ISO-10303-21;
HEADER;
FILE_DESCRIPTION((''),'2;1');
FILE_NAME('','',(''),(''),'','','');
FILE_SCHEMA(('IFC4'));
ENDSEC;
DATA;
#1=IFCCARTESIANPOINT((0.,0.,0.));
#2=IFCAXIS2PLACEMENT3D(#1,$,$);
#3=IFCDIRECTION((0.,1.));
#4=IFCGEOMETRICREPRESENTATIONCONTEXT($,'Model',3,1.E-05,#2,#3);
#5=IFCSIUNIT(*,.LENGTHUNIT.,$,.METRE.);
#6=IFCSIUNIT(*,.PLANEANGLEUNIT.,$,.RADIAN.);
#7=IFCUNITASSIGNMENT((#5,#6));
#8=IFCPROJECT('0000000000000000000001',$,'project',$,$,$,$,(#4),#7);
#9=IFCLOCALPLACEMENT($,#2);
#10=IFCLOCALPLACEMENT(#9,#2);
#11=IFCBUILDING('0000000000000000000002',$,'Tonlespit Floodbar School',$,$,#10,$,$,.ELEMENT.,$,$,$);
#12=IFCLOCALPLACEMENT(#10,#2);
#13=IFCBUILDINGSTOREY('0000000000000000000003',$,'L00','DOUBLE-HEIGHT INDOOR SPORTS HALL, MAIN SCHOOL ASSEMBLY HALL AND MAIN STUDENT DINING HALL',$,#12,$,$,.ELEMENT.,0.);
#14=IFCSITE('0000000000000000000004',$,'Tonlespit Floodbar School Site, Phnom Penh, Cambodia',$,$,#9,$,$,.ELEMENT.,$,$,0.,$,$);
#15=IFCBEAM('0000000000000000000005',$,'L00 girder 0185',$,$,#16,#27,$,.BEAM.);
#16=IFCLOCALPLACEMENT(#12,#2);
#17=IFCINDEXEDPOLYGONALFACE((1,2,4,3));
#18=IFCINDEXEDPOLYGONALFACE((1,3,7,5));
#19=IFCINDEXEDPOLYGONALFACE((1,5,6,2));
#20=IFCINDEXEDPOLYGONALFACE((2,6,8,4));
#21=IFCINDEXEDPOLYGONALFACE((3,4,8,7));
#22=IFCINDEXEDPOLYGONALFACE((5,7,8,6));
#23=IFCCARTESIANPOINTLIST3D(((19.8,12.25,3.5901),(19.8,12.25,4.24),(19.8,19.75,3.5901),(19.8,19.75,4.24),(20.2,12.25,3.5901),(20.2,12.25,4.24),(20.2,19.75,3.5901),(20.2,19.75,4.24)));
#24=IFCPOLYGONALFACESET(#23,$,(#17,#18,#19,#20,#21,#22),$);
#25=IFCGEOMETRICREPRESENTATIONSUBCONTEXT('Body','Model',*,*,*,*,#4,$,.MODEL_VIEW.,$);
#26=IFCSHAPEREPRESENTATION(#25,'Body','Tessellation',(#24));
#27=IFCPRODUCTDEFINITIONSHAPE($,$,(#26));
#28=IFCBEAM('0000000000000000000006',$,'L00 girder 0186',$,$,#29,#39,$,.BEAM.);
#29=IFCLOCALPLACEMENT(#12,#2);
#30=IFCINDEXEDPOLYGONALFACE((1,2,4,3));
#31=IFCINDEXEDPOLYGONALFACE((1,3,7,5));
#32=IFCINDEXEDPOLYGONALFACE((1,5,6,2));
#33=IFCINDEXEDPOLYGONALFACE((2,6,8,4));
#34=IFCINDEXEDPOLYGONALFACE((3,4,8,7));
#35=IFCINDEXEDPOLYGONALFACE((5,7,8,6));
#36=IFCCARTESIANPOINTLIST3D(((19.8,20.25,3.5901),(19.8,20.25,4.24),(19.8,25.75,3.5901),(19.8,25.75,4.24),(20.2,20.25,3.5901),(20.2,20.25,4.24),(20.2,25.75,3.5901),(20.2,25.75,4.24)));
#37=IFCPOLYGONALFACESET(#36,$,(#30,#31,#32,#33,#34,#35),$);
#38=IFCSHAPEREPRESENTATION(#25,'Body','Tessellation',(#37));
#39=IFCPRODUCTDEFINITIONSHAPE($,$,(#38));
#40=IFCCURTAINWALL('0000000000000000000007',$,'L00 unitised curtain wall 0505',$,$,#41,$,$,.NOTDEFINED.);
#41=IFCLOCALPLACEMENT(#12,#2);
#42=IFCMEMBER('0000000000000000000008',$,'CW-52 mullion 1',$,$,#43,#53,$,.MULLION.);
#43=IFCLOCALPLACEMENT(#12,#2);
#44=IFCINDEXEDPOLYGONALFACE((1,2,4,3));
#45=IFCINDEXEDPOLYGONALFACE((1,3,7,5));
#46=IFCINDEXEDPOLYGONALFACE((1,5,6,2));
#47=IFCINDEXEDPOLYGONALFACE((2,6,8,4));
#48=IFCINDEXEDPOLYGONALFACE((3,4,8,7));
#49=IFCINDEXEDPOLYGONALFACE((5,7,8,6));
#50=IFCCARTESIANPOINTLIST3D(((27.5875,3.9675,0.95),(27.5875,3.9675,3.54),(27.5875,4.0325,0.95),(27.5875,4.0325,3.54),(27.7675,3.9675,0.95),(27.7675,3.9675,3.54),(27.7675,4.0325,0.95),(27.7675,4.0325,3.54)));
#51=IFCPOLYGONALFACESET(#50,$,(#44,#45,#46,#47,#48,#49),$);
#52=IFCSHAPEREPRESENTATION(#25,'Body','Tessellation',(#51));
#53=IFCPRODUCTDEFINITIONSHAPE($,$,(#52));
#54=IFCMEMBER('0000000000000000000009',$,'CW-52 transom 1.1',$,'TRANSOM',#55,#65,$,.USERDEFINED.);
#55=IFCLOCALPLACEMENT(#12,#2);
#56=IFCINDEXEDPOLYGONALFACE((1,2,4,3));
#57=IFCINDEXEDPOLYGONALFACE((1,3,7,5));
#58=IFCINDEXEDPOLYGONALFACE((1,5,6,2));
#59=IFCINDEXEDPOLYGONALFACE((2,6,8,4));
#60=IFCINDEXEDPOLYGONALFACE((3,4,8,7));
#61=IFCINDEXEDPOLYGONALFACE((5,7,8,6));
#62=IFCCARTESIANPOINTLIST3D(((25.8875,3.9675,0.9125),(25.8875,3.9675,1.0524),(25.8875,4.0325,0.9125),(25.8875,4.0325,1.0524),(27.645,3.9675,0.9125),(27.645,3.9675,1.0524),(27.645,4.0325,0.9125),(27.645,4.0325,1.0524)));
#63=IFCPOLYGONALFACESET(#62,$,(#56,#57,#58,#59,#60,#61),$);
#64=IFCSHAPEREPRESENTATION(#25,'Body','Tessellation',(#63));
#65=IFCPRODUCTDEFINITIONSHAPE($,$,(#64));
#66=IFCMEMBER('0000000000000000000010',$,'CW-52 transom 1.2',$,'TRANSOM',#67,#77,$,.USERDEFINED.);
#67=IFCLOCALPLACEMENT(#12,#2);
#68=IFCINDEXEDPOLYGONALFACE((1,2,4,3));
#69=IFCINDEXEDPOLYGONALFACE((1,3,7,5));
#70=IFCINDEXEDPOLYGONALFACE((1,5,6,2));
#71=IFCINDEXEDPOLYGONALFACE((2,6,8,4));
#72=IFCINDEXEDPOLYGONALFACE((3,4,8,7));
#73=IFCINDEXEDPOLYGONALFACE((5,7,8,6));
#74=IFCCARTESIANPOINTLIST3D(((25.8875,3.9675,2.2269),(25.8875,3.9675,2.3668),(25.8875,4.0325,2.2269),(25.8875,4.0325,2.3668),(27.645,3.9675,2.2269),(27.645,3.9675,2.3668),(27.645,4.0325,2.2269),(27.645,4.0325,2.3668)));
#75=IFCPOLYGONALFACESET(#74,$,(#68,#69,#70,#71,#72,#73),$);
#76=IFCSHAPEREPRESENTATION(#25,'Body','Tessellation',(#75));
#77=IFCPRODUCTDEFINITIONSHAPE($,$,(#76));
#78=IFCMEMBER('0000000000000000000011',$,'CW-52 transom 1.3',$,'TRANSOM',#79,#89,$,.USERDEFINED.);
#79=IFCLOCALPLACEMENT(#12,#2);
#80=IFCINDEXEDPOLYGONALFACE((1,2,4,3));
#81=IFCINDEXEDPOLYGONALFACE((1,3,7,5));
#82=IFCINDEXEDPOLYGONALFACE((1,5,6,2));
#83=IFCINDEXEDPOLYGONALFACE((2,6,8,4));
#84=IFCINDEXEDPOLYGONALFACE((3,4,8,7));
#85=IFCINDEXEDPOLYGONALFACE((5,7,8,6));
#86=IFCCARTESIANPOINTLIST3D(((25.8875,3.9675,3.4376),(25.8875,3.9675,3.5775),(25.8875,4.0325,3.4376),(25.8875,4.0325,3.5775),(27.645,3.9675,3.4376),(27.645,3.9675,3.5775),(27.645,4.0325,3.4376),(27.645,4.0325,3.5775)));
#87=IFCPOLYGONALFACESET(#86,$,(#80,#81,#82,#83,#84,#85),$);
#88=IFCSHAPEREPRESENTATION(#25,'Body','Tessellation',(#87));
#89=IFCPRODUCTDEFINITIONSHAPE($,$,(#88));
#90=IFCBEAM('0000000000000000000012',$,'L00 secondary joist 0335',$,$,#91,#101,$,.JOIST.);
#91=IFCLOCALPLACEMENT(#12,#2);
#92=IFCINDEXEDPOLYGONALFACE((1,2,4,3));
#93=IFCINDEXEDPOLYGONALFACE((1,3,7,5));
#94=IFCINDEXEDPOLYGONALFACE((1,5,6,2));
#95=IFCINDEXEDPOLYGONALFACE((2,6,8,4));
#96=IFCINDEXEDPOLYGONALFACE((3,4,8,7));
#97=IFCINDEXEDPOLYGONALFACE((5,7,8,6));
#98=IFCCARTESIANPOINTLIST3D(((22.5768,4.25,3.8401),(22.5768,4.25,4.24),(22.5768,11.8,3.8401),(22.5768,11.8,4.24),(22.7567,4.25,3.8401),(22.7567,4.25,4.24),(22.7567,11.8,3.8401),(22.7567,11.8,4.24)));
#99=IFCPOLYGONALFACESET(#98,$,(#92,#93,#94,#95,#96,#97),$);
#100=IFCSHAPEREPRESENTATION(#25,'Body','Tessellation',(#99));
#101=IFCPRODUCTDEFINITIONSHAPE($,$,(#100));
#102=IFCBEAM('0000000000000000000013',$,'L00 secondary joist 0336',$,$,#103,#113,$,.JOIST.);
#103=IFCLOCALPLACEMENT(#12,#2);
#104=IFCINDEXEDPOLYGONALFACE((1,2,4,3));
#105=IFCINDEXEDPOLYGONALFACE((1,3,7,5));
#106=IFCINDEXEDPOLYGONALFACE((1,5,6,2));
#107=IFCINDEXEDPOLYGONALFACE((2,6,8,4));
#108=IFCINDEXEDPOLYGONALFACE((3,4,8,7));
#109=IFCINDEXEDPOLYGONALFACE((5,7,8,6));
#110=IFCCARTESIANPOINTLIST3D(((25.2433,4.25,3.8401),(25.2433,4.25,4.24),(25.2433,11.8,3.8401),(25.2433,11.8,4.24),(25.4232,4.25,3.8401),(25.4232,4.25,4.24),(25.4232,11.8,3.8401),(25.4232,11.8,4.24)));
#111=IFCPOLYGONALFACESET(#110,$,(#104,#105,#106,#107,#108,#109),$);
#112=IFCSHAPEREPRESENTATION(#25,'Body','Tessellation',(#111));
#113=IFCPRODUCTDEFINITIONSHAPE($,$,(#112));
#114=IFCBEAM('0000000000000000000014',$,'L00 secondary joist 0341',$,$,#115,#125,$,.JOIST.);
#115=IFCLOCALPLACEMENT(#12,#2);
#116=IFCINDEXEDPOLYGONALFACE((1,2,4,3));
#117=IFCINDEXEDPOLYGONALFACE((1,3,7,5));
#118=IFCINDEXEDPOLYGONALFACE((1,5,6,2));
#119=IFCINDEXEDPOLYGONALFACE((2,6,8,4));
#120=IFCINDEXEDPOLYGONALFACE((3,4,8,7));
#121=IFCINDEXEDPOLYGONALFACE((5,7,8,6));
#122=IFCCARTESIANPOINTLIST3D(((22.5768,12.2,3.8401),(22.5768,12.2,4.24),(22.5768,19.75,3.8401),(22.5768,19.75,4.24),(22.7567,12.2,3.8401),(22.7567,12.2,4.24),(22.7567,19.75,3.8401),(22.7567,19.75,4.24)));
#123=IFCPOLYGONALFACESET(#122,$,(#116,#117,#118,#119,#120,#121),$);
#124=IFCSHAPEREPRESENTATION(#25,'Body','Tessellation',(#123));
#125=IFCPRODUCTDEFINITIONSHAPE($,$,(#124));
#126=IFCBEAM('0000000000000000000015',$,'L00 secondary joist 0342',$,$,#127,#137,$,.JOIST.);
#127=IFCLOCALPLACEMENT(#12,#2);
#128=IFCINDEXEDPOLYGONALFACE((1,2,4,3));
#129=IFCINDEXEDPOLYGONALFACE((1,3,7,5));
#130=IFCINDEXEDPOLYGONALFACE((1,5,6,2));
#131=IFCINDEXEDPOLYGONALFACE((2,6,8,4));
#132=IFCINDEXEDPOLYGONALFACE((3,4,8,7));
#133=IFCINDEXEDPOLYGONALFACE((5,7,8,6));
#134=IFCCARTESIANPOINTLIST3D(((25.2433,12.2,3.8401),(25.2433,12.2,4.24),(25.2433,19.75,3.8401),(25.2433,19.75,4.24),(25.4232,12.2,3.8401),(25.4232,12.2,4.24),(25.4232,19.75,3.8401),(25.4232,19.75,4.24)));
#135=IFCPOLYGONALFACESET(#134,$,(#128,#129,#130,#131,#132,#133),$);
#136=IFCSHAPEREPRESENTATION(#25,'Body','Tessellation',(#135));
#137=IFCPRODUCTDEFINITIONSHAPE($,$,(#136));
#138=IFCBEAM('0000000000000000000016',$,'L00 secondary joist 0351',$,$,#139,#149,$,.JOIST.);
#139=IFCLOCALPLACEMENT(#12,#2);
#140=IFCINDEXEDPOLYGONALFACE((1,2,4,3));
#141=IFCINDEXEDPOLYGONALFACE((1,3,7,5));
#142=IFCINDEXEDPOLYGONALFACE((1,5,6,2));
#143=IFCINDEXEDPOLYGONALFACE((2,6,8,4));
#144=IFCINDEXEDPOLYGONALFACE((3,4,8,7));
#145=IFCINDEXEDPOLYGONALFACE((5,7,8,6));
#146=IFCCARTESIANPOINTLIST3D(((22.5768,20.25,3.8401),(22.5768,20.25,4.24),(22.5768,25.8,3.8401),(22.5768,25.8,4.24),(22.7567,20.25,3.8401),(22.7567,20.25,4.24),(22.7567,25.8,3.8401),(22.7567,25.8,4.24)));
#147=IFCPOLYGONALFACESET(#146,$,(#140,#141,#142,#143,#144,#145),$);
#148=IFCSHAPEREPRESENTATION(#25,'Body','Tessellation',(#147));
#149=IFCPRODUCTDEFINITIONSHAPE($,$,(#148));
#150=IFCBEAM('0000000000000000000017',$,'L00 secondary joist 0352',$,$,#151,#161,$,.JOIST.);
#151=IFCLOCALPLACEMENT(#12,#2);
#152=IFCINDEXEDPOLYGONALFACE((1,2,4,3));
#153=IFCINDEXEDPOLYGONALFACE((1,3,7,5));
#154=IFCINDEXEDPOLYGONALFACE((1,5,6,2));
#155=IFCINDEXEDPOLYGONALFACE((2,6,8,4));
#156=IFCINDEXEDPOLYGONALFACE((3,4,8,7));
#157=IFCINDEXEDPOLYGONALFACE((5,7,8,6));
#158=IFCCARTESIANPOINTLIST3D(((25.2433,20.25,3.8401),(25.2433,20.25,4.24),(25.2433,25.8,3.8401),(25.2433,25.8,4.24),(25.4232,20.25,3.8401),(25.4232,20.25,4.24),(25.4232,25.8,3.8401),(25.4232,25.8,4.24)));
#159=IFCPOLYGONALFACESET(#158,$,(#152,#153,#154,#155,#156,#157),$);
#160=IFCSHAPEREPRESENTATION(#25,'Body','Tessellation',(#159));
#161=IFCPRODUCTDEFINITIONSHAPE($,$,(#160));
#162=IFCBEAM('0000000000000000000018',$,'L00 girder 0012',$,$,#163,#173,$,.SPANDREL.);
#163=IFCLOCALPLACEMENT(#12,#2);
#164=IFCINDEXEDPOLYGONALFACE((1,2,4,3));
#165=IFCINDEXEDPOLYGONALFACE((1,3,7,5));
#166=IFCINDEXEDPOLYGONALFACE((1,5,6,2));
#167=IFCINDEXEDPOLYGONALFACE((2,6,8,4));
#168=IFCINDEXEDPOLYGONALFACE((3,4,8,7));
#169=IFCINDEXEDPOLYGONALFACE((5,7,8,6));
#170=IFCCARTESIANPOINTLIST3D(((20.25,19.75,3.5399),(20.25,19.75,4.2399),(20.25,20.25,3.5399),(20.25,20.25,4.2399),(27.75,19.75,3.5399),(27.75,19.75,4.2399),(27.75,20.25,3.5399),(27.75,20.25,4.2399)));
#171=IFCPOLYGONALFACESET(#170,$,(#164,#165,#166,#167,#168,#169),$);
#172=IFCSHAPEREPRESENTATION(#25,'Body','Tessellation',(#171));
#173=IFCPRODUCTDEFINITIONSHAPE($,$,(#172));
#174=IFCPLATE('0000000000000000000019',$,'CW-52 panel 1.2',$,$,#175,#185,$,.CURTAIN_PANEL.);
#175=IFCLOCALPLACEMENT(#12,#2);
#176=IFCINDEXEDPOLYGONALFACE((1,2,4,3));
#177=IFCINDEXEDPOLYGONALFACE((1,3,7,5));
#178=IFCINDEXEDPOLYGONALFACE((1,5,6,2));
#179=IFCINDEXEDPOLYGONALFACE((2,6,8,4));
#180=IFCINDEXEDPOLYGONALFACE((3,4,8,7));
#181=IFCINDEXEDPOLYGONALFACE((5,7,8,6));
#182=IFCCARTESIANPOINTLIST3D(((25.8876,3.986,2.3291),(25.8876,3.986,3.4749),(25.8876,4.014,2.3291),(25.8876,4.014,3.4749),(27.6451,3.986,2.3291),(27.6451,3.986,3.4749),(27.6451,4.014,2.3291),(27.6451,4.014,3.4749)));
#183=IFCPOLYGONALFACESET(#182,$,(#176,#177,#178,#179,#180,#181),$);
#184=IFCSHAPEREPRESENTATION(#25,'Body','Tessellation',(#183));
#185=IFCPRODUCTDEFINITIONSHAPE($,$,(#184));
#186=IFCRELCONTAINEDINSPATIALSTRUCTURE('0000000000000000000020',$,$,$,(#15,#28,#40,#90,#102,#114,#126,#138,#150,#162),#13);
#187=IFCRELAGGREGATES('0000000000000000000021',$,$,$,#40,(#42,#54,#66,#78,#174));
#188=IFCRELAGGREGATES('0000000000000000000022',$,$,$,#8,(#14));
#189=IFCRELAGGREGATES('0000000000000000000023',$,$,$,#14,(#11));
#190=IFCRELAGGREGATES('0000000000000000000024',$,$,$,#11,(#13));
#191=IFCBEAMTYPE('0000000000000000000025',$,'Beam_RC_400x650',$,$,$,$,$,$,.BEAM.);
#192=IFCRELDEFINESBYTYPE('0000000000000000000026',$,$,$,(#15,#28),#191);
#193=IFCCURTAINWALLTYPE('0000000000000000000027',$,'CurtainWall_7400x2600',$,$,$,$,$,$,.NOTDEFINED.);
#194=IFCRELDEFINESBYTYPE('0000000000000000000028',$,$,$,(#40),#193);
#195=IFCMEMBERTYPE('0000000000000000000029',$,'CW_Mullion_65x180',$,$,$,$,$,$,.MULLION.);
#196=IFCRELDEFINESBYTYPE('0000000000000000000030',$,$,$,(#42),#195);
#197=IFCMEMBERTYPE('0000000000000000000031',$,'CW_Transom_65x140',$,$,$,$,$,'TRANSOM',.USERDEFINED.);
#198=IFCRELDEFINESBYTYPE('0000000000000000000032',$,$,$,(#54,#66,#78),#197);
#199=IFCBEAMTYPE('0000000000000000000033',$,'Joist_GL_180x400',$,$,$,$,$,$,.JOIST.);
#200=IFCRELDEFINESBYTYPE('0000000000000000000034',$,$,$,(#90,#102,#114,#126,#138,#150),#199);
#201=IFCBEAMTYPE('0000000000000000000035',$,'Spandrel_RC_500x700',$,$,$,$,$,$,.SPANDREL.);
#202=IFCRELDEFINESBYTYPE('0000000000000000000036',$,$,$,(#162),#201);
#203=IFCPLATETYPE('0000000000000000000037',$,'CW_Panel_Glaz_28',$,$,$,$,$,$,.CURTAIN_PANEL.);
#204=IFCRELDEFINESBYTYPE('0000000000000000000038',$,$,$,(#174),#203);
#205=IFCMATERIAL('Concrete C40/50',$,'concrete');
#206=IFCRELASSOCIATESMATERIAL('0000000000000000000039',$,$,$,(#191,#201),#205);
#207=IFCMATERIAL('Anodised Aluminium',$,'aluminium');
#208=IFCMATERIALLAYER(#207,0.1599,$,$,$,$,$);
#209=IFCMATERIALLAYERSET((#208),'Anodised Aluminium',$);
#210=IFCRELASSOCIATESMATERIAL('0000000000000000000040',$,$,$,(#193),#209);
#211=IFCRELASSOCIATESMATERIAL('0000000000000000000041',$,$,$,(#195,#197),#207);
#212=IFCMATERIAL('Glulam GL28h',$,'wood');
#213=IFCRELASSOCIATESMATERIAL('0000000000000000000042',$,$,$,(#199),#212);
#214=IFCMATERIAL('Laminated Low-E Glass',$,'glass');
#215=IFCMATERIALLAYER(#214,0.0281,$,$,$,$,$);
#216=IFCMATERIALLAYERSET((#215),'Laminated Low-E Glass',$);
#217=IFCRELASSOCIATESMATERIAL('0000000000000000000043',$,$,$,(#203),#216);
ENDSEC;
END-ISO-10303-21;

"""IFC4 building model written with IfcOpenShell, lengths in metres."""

from ifc_helpers import new_model, si_unit, direction, frame, origin, origin_2d, place, context, subcontext, project, spatial, rectangle, extrude, material, layer, layer_set, material_profile, profile_set, type_object, element, aggregate, save


model = new_model("IFC4")

# Units and contexts
model_context = context("Model", 3, precision=1e-05, world=origin(), true_north=direction((0.0, 1.0)))
body_context = subcontext(model_context, "Body", "Model", "MODEL_VIEW")
ifc_project = project(units=[si_unit("LENGTHUNIT", "METRE"), si_unit("PLANEANGLEUNIT", "RADIAN")], contexts=[model_context])

# Site, building, storey
site_placement = place(None, origin())
site = spatial("IfcSite", under=ifc_project, at=site_placement, Name="Tonlespit Floodbar School Site, Phnom Penh, Cambodia", CompositionType="ELEMENT", RefElevation=0.0)
building_placement = place(site_placement, origin())
building = spatial("IfcBuilding", under=site, at=building_placement, Name="Tonlespit Floodbar School", CompositionType="ELEMENT")
storey_placement = place(building_placement, origin())
storey = spatial("IfcBuildingStorey", under=building, at=storey_placement, Name="L00", Description="DOUBLE-HEIGHT INDOOR SPORTS HALL, MAIN SCHOOL ASSEMBLY HALL AND MAIN STUDENT DINING HALL", CompositionType="ELEMENT", Elevation=0.0)

# Shared definitions
ifc_material_1 = material(Name="Concrete C40/50", Category="concrete")

# Beams
ifc_material_profile_1 = material_profile(ifc_material_1, rectangle(XDim=0.3999, YDim=0.6499, at=origin_2d()), Name="RC 400x650")
ifc_profile_set_1 = profile_set([ifc_material_profile_1], Name="Concrete C40/50")
beam_type_1 = type_object("IfcBeamType", Name="Beam_RC_400x650", PredefinedType="BEAM", material=ifc_profile_set_1)
for number, where, z_axis, x_axis, name in (
    (1, (20.0, 12.25, 3.915), (0.0, 1.0, 0.0), (-1.0, 0.0, 0.0), "L00 girder 0185"),
):
    element("IfcBeam", number, at=place(storey_placement, frame(where, z_axis=z_axis, x_axis=x_axis)), inside=storey, type_object=beam_type_1, Name=name, PredefinedType="BEAM", context=body_context, shape_type="SweptSolid", body=[
        extrude(rectangle(XDim=0.3999, YDim=0.6499, at=origin_2d()), origin(), (0.0, 0.0, 1.0), 7.5),
    ])
beam_1_placement = place(storey_placement, frame((20.0, 20.25, 3.915), z_axis=(0.0, 1.0, 0.0), x_axis=(-1.0, 0.0, 0.0)))
element("IfcBeam", 2, at=beam_1_placement, inside=storey, type_object=beam_type_1, Name="L00 girder 0186", PredefinedType="BEAM", context=body_context, shape_type="SweptSolid", body=[
    extrude(rectangle(XDim=0.3999, YDim=0.6499, at=origin_2d()), origin(), (0.0, 0.0, 1.0), 5.5),
])

# Curtain wall, members
ifc_material_2 = material(Name="Anodised Aluminium", Category="aluminium")
ifc_layer_1 = layer(ifc_material_2, 0.1599)
ifc_layer_set_1 = layer_set([ifc_layer_1], Name="Anodised Aluminium")
curtain_wall_type = type_object("IfcCurtainWallType", Name="CurtainWall_7400x2600", PredefinedType="NOTDEFINED", material=ifc_layer_set_1)
curtain_wall_placement = place(storey_placement, origin())
curtain_wall = element("IfcCurtainWall", 3, at=curtain_wall_placement, inside=storey, type_object=curtain_wall_type, Name="L00 unitised curtain wall 0505", PredefinedType="NOTDEFINED")
ifc_material_profile_2 = material_profile(ifc_material_2, rectangle(XDim=0.0649, YDim=0.1799, at=origin_2d()), Name="ALU M65x180")
ifc_profile_set_2 = profile_set([ifc_material_profile_2], Name="Anodised Aluminium")
member_type_1 = type_object("IfcMemberType", Name="CW_Mullion_65x180", PredefinedType="MULLION", material=ifc_profile_set_2)
member_1_placement = place(storey_placement, frame((27.6775, 4.0, 0.95), z_axis=(0.0, 0.0, 1.0), x_axis=(0.0, -1.0, 0.0)))
member_1 = element("IfcMember", 4, at=member_1_placement, type_object=member_type_1, Name="CW-52 mullion 1", PredefinedType="MULLION", context=body_context, shape_type="SweptSolid", body=[
    extrude(rectangle(XDim=0.0649, YDim=0.1799, at=origin_2d()), origin(), (0.0, 0.0, 1.0), 2.5901),
])
ifc_material_profile_3 = material_profile(ifc_material_2, rectangle(XDim=0.0649, YDim=0.1399, at=origin_2d()), Name="ALU T65x140")
ifc_profile_set_3 = profile_set([ifc_material_profile_3], Name="Anodised Aluminium")
member_type_2 = type_object("IfcMemberType", Name="CW_Transom_65x140", ElementType="TRANSOM", PredefinedType="USERDEFINED", material=ifc_profile_set_3)
member_2_placement = place(storey_placement, frame((27.645, 4.0, 0.9824), z_axis=(-1.0, 0.0, 0.0), x_axis=(0.0, -1.0, 0.0)))
member_2 = element("IfcMember", 5, at=member_2_placement, type_object=member_type_2, Name="CW-52 transom 1.1", ObjectType="TRANSOM", PredefinedType="USERDEFINED", context=body_context, shape_type="SweptSolid", body=[
    extrude(rectangle(XDim=0.0649, YDim=0.1399, at=origin_2d()), origin(), (0.0, 0.0, 1.0), 1.7576),
])
member_3_placement = place(storey_placement, frame((27.645, 4.0, 2.2969), z_axis=(-1.0, 0.0, 0.0), x_axis=(0.0, -1.0, 0.0)))
member_3 = element("IfcMember", 6, at=member_3_placement, type_object=member_type_2, Name="CW-52 transom 1.2", ObjectType="TRANSOM", PredefinedType="USERDEFINED", context=body_context, shape_type="SweptSolid", body=[
    extrude(rectangle(XDim=0.0649, YDim=0.1399, at=origin_2d()), origin(), (0.0, 0.0, 1.0), 1.7576),
])
member_4_placement = place(storey_placement, frame((27.645, 4.0, 3.5076), z_axis=(-1.0, 0.0, 0.0), x_axis=(0.0, -1.0, 0.0)))
member_4 = element("IfcMember", 7, at=member_4_placement, type_object=member_type_2, Name="CW-52 transom 1.3", ObjectType="TRANSOM", PredefinedType="USERDEFINED", context=body_context, shape_type="SweptSolid", body=[
    extrude(rectangle(XDim=0.0649, YDim=0.1399, at=origin_2d()), origin(), (0.0, 0.0, 1.0), 1.7576),
])

# Beams
ifc_material_3 = material(Name="Glulam GL28h", Category="wood")
ifc_material_profile_4 = material_profile(ifc_material_3, rectangle(XDim=0.1799, YDim=0.3999, at=origin_2d()), Name="GL 180x400")
ifc_profile_set_4 = profile_set([ifc_material_profile_4], Name="Glulam GL28h")
beam_type_2 = type_object("IfcBeamType", Name="Joist_GL_180x400", PredefinedType="JOIST", material=ifc_profile_set_4)
for number, where, z_axis, x_axis, name in (
    (8, (22.6667, 4.25, 4.04), (0.0, 1.0, 0.0), (-1.0, 0.0, 0.0), "L00 secondary joist 0335"),
    (9, (25.3333, 4.25, 4.04), (0.0, 1.0, 0.0), (-1.0, 0.0, 0.0), "L00 secondary joist 0336"),
    (10, (22.6667, 12.2, 4.04), (0.0, 1.0, 0.0), (-1.0, 0.0, 0.0), "L00 secondary joist 0341"),
    (11, (25.3333, 12.2, 4.04), (0.0, 1.0, 0.0), (-1.0, 0.0, 0.0), "L00 secondary joist 0342"),
):
    element("IfcBeam", number, at=place(storey_placement, frame(where, z_axis=z_axis, x_axis=x_axis)), inside=storey, type_object=beam_type_2, Name=name, PredefinedType="JOIST", context=body_context, shape_type="SweptSolid", body=[
        extrude(rectangle(XDim=0.1799, YDim=0.3999, at=origin_2d()), origin(), (0.0, 0.0, 1.0), 7.55),
    ])
for number, where, z_axis, x_axis, name in (
    (12, (22.6667, 20.25, 4.04), (0.0, 1.0, 0.0), (-1.0, 0.0, 0.0), "L00 secondary joist 0351"),
    (13, (25.3333, 20.25, 4.04), (0.0, 1.0, 0.0), (-1.0, 0.0, 0.0), "L00 secondary joist 0352"),
):
    element("IfcBeam", number, at=place(storey_placement, frame(where, z_axis=z_axis, x_axis=x_axis)), inside=storey, type_object=beam_type_2, Name=name, PredefinedType="JOIST", context=body_context, shape_type="SweptSolid", body=[
        extrude(rectangle(XDim=0.1799, YDim=0.3999, at=origin_2d()), origin(), (0.0, 0.0, 1.0), 5.55),
    ])
ifc_material_profile_5 = material_profile(ifc_material_1, rectangle(XDim=0.5, YDim=0.7, at=origin_2d()), Name="RC 500x700")
ifc_profile_set_5 = profile_set([ifc_material_profile_5], Name="Concrete C40/50")
beam_type_3 = type_object("IfcBeamType", Name="Spandrel_RC_500x700", PredefinedType="SPANDREL", material=ifc_profile_set_5)
beam_2_placement = place(storey_placement, frame((20.25, 20.0, 3.8899), z_axis=(1.0, 0.0, 0.0), x_axis=(0.0, 1.0, 0.0)))
element("IfcBeam", 14, at=beam_2_placement, inside=storey, type_object=beam_type_3, Name="L00 girder 0012", PredefinedType="SPANDREL", context=body_context, shape_type="SweptSolid", body=[
    extrude(rectangle(XDim=0.5, YDim=0.7, at=origin_2d()), origin(), (0.0, 0.0, 1.0), 7.5),
])

# Plate
ifc_material_4 = material(Name="Laminated Low-E Glass", Category="glass")
ifc_layer_2 = layer(ifc_material_4, 0.0281)
ifc_layer_set_2 = layer_set([ifc_layer_2], Name="Laminated Low-E Glass")
plate_type = type_object("IfcPlateType", Name="CW_Panel_Glaz_28", PredefinedType="CURTAIN_PANEL", material=ifc_layer_set_2)
plate_placement = place(storey_placement, frame((26.7664, 4.0, 2.3291), z_axis=(0.0, 0.0, 1.0), x_axis=(-1.0, 0.0, 0.0)))
plate = element("IfcPlate", 15, at=plate_placement, type_object=plate_type, Name="CW-52 panel 1.2", PredefinedType="CURTAIN_PANEL", context=body_context, shape_type="SweptSolid", body=[
    extrude(rectangle(XDim=1.7576, YDim=0.0281, at=origin_2d()), origin(), (0.0, 0.0, 1.0), 1.1458),
])
aggregate(curtain_wall, [member_1, member_2, member_3, member_4, plate])

save(model, "model.ifc")
